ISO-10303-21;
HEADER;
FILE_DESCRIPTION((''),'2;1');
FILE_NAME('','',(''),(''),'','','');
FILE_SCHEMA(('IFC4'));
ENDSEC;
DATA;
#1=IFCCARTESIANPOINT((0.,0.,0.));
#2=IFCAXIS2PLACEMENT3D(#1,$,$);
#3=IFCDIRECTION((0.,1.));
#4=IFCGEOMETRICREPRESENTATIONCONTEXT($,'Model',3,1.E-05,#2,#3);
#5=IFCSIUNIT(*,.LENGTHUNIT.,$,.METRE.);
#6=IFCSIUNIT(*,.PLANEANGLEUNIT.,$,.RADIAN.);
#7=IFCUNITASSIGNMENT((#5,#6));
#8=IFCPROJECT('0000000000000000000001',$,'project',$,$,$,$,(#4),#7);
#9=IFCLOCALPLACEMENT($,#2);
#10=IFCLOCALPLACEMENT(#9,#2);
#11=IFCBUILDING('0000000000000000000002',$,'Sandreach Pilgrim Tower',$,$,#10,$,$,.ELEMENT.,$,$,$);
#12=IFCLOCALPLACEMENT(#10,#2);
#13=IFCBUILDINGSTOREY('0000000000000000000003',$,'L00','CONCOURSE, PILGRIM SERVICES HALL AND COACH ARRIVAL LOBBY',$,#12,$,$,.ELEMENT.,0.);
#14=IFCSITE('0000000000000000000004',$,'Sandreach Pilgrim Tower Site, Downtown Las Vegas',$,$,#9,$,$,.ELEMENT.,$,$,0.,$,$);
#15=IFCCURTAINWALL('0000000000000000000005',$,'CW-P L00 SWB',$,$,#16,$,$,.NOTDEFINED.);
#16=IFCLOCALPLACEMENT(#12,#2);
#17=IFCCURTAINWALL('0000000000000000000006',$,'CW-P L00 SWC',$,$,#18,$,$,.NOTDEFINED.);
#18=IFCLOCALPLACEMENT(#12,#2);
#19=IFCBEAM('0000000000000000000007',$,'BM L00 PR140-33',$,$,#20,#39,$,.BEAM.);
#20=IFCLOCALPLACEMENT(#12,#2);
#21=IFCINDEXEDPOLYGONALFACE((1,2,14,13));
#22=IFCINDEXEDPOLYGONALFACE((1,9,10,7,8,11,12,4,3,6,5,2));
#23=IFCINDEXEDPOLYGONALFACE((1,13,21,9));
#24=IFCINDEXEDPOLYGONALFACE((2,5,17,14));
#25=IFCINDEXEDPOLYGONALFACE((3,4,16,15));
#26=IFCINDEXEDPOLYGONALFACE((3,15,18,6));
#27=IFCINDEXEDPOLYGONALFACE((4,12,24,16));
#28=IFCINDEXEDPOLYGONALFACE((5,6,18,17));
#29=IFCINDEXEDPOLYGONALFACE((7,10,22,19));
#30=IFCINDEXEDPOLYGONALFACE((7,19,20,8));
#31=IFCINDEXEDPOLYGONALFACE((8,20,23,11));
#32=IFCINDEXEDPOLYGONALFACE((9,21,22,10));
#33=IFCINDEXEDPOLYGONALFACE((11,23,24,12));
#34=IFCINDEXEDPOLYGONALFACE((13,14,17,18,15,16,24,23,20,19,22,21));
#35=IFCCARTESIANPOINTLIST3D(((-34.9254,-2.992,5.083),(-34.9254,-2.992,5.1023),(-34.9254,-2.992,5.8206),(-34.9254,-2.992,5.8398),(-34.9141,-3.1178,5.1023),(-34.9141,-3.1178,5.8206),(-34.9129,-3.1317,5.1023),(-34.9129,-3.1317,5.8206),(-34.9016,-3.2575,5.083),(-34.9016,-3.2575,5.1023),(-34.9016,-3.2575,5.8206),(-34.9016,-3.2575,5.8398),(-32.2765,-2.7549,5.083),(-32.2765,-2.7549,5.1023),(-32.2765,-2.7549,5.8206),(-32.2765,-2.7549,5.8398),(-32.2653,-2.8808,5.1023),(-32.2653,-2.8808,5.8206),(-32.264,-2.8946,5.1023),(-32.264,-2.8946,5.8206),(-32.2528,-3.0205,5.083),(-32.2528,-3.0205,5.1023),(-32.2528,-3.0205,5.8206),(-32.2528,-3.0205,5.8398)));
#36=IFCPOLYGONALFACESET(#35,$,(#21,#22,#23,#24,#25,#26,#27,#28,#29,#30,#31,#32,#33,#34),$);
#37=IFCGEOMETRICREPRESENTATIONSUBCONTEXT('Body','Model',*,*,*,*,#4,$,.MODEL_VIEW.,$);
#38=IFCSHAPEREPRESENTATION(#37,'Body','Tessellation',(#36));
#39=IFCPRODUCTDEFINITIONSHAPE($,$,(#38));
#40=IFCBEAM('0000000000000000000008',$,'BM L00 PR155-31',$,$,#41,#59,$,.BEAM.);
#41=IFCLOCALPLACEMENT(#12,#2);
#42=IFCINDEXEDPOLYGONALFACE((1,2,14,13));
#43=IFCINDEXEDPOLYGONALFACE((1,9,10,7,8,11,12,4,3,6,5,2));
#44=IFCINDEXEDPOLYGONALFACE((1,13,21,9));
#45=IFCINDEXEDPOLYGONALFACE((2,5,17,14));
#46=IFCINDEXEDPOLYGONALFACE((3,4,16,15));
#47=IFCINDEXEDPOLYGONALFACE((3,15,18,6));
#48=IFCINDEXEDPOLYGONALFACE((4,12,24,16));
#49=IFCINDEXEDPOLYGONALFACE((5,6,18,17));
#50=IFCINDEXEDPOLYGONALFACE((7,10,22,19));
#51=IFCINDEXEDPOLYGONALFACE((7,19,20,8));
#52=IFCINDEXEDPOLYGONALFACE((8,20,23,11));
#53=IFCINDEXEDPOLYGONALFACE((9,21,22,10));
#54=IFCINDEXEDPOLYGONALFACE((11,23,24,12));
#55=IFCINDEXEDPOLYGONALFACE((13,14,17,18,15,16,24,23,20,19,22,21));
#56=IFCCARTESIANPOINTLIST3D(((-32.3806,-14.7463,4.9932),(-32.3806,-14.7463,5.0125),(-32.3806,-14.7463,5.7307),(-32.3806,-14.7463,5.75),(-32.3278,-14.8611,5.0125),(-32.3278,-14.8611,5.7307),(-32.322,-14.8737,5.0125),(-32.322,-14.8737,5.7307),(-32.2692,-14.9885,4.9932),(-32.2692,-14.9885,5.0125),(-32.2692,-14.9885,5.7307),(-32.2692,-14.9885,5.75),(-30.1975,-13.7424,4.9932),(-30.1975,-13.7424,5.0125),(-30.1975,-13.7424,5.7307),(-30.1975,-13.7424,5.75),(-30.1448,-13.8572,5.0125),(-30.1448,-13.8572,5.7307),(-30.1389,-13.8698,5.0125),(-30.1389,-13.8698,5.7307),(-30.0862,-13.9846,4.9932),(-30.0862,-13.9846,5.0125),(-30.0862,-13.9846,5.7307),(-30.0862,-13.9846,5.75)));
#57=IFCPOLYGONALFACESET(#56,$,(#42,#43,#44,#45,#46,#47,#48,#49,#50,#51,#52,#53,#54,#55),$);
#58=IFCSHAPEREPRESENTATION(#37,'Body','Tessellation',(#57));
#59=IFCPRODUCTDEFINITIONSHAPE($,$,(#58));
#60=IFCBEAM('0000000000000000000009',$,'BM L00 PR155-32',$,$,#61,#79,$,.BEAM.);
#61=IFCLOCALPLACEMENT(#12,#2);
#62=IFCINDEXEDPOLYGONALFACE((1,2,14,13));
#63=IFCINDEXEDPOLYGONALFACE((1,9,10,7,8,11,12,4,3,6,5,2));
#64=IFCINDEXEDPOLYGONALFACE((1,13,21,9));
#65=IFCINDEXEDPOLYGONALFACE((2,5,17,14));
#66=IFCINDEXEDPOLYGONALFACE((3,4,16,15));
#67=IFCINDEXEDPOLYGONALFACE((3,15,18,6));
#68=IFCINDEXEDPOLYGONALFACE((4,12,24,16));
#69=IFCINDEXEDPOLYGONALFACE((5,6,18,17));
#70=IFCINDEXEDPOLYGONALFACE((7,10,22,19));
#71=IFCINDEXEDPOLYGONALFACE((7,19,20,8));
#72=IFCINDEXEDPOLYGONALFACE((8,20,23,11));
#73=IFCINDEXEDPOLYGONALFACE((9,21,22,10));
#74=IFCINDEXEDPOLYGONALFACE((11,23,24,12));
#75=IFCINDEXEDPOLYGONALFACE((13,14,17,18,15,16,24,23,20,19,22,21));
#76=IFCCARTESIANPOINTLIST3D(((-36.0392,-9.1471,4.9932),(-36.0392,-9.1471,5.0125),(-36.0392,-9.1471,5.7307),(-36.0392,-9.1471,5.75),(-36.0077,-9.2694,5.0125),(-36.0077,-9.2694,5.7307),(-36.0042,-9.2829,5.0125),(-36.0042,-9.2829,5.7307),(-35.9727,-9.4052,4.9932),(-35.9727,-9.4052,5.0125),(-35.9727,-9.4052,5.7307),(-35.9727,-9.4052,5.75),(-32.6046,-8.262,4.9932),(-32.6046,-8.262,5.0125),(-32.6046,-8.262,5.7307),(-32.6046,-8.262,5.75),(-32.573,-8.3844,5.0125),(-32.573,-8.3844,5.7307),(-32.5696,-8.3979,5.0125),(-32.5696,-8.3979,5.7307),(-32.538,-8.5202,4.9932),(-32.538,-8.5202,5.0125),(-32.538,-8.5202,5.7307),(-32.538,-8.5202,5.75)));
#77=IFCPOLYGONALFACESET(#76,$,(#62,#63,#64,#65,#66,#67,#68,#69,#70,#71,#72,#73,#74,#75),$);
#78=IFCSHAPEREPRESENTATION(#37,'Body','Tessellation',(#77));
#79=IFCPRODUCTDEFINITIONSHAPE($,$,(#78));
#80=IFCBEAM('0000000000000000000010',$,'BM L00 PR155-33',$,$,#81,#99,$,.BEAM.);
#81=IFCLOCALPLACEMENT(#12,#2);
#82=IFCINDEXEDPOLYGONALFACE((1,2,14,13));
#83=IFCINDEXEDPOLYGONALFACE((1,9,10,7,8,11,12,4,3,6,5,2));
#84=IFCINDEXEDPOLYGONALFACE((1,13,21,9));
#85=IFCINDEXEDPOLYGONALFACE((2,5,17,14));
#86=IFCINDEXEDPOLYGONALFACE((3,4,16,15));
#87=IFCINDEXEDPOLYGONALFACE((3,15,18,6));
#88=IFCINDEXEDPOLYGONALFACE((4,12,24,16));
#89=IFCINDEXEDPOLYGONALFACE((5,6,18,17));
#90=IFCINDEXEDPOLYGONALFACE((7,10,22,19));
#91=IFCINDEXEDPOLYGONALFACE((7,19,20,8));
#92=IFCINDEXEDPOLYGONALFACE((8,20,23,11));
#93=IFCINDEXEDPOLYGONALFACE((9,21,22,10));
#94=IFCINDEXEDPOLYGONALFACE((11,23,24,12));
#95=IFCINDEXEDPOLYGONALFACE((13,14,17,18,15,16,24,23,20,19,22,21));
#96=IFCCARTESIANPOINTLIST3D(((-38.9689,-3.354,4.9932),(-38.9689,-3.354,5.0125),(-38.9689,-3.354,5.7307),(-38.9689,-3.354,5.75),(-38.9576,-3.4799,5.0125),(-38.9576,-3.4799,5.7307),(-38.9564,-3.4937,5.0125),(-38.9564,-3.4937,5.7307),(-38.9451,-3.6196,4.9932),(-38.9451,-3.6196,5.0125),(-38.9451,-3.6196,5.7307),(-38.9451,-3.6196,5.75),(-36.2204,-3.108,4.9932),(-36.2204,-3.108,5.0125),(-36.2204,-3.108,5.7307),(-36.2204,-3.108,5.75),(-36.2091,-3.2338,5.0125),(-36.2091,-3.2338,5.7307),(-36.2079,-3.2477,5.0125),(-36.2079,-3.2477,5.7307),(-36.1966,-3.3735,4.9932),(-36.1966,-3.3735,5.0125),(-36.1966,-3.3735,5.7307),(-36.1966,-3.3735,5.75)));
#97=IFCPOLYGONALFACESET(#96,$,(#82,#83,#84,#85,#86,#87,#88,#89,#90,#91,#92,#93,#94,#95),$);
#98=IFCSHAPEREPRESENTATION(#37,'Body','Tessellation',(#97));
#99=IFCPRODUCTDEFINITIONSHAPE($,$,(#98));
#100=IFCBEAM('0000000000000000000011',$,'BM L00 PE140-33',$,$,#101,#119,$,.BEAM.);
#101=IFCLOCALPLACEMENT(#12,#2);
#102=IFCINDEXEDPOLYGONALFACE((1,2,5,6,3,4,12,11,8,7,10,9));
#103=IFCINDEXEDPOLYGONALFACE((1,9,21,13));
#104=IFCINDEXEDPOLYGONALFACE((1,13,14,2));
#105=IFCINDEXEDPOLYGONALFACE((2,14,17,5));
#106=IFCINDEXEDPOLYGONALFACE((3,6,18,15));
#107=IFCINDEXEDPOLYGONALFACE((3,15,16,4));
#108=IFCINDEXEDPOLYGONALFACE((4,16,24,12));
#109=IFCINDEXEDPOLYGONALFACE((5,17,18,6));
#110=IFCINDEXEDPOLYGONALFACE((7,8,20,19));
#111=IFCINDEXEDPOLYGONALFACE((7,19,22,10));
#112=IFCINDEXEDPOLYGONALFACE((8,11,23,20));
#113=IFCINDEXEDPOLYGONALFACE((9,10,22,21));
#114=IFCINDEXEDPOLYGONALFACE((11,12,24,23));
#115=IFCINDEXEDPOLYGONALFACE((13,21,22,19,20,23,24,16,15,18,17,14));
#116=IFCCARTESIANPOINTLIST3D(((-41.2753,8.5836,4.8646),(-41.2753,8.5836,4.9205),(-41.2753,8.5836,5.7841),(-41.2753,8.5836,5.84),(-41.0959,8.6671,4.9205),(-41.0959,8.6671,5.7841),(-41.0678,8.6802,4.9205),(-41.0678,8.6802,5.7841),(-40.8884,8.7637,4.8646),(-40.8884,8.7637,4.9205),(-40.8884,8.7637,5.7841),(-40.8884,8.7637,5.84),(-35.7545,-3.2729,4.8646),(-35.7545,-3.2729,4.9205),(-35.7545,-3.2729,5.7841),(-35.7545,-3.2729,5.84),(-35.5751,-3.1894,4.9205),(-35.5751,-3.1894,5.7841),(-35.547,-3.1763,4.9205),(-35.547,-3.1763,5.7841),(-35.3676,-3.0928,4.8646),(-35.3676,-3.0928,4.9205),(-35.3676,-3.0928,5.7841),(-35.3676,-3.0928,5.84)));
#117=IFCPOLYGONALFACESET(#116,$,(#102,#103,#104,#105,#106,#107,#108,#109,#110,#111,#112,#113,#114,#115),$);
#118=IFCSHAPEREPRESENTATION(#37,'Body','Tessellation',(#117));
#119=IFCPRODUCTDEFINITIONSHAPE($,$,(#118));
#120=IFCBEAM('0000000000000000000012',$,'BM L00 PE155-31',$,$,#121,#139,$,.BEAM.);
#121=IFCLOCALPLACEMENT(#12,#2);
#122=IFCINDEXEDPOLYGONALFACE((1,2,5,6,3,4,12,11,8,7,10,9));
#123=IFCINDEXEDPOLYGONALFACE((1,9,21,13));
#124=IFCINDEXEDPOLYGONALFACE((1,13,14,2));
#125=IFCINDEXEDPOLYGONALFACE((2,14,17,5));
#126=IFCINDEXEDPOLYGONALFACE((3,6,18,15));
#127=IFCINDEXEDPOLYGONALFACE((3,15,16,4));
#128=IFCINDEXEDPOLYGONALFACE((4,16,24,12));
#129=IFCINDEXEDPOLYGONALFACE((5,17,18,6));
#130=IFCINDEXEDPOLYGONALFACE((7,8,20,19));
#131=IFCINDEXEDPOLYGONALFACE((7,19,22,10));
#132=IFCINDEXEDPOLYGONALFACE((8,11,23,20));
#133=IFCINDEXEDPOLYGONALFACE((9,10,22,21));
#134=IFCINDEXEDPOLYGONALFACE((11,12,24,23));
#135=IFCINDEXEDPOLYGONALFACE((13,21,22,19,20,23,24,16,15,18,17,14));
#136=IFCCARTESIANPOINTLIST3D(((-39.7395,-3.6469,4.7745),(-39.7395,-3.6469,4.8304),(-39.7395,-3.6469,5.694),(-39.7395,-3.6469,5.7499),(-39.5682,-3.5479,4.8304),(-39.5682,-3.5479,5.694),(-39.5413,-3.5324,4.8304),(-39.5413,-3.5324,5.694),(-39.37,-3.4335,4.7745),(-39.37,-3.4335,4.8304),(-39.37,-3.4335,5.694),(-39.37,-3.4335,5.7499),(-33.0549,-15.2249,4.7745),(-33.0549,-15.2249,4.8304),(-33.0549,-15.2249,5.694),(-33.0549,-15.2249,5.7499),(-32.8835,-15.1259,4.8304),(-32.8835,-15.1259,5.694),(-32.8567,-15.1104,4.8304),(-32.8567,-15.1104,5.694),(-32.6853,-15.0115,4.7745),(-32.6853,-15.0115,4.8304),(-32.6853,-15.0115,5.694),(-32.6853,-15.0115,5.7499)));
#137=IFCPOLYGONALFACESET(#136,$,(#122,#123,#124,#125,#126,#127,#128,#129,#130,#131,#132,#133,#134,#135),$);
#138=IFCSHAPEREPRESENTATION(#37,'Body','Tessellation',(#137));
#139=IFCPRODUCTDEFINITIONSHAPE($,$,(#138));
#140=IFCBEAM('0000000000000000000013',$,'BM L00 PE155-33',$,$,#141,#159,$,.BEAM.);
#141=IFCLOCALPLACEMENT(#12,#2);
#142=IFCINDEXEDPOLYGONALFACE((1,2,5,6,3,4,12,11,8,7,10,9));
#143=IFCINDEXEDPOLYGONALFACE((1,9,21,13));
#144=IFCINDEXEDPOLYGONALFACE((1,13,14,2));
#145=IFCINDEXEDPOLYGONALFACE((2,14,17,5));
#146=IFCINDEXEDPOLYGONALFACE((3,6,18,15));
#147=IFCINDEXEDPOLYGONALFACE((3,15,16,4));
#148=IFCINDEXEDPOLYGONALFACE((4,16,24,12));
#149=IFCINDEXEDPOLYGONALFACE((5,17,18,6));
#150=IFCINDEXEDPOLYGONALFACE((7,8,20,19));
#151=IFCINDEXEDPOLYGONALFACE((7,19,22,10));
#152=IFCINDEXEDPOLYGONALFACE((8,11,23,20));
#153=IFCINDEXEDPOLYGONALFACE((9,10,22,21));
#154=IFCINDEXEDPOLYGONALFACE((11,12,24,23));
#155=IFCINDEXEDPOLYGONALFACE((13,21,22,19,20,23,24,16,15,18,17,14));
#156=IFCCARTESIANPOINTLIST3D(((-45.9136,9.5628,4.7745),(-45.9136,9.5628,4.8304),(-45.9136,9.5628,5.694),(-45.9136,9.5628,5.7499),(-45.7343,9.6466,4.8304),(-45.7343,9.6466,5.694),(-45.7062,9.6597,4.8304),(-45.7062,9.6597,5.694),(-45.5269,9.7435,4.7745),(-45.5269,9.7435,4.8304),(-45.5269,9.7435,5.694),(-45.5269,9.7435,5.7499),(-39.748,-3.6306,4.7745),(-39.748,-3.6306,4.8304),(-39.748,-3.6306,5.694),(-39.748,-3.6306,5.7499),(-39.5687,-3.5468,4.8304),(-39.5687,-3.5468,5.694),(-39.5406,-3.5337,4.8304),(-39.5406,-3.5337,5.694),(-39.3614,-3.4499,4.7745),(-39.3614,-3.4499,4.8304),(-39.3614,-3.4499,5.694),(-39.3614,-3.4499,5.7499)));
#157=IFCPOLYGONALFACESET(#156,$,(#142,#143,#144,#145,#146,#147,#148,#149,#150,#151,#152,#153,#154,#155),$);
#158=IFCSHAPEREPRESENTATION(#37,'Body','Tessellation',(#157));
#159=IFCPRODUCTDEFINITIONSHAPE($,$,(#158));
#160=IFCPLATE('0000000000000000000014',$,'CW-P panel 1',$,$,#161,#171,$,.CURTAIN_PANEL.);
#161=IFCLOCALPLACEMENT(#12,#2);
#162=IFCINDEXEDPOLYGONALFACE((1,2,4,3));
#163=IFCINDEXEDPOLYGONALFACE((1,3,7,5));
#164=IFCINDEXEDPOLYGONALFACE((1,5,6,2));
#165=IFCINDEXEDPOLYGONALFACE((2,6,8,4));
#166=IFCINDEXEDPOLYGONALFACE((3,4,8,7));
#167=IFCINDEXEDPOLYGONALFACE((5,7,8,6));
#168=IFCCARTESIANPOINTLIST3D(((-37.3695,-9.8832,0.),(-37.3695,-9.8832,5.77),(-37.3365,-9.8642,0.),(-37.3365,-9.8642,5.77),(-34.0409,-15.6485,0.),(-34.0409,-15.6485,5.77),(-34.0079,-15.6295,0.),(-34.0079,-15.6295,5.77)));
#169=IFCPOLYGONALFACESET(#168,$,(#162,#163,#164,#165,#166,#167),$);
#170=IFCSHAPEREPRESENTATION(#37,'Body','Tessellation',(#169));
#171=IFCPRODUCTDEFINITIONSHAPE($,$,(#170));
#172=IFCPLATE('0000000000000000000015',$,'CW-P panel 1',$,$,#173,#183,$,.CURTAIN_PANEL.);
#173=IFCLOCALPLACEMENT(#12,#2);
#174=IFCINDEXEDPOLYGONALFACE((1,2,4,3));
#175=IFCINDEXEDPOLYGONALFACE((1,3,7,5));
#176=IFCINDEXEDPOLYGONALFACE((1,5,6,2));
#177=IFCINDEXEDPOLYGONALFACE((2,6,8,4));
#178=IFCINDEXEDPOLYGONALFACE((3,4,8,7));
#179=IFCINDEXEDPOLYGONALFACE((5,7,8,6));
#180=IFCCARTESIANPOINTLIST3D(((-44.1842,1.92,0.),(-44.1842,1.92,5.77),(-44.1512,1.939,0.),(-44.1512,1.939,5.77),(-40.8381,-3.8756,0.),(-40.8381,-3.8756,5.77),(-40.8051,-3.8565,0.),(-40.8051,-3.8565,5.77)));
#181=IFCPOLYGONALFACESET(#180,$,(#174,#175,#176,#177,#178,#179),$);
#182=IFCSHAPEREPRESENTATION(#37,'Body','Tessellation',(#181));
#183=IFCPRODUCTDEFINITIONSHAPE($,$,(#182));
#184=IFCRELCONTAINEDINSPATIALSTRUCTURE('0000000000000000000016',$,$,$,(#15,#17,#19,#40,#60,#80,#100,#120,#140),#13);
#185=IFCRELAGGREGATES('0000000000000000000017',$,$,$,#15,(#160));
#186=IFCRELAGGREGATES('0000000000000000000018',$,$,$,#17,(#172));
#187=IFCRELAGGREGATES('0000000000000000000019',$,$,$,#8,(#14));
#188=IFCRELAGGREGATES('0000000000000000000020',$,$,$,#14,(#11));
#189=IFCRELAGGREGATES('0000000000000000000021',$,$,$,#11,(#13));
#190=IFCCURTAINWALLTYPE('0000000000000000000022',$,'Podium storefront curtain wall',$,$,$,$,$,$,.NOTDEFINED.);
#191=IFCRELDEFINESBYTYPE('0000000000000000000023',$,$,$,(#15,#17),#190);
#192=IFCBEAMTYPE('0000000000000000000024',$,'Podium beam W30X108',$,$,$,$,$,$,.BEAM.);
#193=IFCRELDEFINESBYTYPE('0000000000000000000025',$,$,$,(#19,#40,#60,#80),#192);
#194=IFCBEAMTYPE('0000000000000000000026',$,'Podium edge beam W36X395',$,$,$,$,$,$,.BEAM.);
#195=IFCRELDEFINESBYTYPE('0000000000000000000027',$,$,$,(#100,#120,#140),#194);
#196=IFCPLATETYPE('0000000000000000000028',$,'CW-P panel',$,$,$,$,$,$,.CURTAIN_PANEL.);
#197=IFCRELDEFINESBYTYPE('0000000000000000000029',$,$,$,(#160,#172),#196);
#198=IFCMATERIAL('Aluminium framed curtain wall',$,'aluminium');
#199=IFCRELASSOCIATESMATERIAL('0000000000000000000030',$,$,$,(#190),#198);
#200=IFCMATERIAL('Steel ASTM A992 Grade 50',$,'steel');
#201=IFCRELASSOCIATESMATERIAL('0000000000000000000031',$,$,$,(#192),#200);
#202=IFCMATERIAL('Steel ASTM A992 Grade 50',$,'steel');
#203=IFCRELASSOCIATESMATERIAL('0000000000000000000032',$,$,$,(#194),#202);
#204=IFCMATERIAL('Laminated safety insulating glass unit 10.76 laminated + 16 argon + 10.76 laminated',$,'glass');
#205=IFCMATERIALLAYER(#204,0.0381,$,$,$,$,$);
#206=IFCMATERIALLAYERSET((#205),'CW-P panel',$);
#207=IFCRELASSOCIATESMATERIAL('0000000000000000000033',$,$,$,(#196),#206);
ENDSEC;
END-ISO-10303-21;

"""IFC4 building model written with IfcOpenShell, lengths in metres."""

from ifc_helpers import new_model, si_unit, direction, frame, origin, origin_2d, place, context, subcontext, project, spatial, rectangle, i_section, extrude, material, layer, layer_set, material_profile, profile_set, type_object, element, aggregate, save


model = new_model("IFC4")

# Units and contexts
model_context = context("Model", 3, precision=1e-05, world=origin(), true_north=direction((0.0, 1.0)))
body_context = subcontext(model_context, "Body", "Model", "MODEL_VIEW")
ifc_project = project(units=[si_unit("LENGTHUNIT", "METRE"), si_unit("PLANEANGLEUNIT", "RADIAN")], contexts=[model_context])

# Site, building, storey
site_placement = place(None, origin())
site = spatial("IfcSite", under=ifc_project, at=site_placement, Name="Sandreach Pilgrim Tower Site, Downtown Las Vegas", CompositionType="ELEMENT", RefElevation=0.0)
building_placement = place(site_placement, origin())
building = spatial("IfcBuilding", under=site, at=building_placement, Name="Sandreach Pilgrim Tower", CompositionType="ELEMENT")
storey_placement = place(building_placement, origin())
storey = spatial("IfcBuildingStorey", under=building, at=storey_placement, Name="L00", Description="CONCOURSE, PILGRIM SERVICES HALL AND COACH ARRIVAL LOBBY", CompositionType="ELEMENT", Elevation=0.0)

# Curtain wall
ifc_material_1 = material(Name="Aluminium framed curtain wall", Category="aluminium")
curtain_wall_type = type_object("IfcCurtainWallType", Name="Podium storefront curtain wall", PredefinedType="NOTDEFINED", material=ifc_material_1)
curtain_wall_1_placement = place(storey_placement, origin())
curtain_wall_1 = element("IfcCurtainWall", 1, at=curtain_wall_1_placement, inside=storey, type_object=curtain_wall_type, Name="CW-P L00 SWB", PredefinedType="NOTDEFINED")

# Curtain wall
curtain_wall_2_placement = place(storey_placement, origin())
curtain_wall_2 = element("IfcCurtainWall", 2, at=curtain_wall_2_placement, inside=storey, type_object=curtain_wall_type, Name="CW-P L00 SWC", PredefinedType="NOTDEFINED")

# Beams
ifc_material_2 = material(Name="Steel ASTM A992 Grade 50", Category="steel")
ifc_material_profile_1 = material_profile(ifc_material_2, i_section(OverallWidth=0.2666, OverallDepth=0.7568, WebThickness=0.0139, FlangeThickness=0.0193, at=origin_2d()), Name="W30X108")
ifc_profile_set_1 = profile_set([ifc_material_profile_1], Name="Steel ASTM A992 Grade 50")
beam_type_1 = type_object("IfcBeamType", Name="Podium beam W30X108", PredefinedType="BEAM", material=ifc_profile_set_1)
beam_1_placement = place(storey_placement, frame((-32.2646, -2.8877, 5.4614), z_axis=(-0.996019, -0.089137, 0.0), x_axis=(0.089137, -0.996019, 0.0)))
element("IfcBeam", 3, at=beam_1_placement, inside=storey, type_object=beam_type_1, Name="BM L00 PR140-33", PredefinedType="BEAM", context=body_context, shape_type="SweptSolid", body=[
    extrude(i_section(OverallWidth=0.2666, OverallDepth=0.7568, WebThickness=0.0139, FlangeThickness=0.0193, at=origin_2d()), origin(), (0.0, 0.0, 1.0), 2.6594),
])
beam_2_placement = place(storey_placement, frame((-30.1418, -13.8635, 5.3716), z_axis=(-0.908541, -0.417795, 0.0), x_axis=(0.417795, -0.908541, 0.0)))
element("IfcBeam", 4, at=beam_2_placement, inside=storey, type_object=beam_type_1, Name="BM L00 PR155-31", PredefinedType="BEAM", context=body_context, shape_type="SweptSolid", body=[
    extrude(i_section(OverallWidth=0.2666, OverallDepth=0.7568, WebThickness=0.0139, FlangeThickness=0.0193, at=origin_2d()), origin(), (0.0, 0.0, 1.0), 2.4028),
])
beam_3_placement = place(storey_placement, frame((-32.5713, -8.3911, 5.3716), z_axis=(-0.968368, -0.249526, 0.0), x_axis=(0.249526, -0.968368, 0.0)))
element("IfcBeam", 5, at=beam_3_placement, inside=storey, type_object=beam_type_1, Name="BM L00 PR155-32", PredefinedType="BEAM", context=body_context, shape_type="SweptSolid", body=[
    extrude(i_section(OverallWidth=0.2666, OverallDepth=0.7568, WebThickness=0.0139, FlangeThickness=0.0193, at=origin_2d()), origin(), (0.0, 0.0, 1.0), 3.5469),
])
beam_4_placement = place(storey_placement, frame((-36.2085, -3.2407, 5.3716), z_axis=(-0.996016, -0.08918, 0.0), x_axis=(0.08918, -0.996016, 0.0)))
element("IfcBeam", 6, at=beam_4_placement, inside=storey, type_object=beam_type_1, Name="BM L00 PR155-33", PredefinedType="BEAM", context=body_context, shape_type="SweptSolid", body=[
    extrude(i_section(OverallWidth=0.2666, OverallDepth=0.7568, WebThickness=0.0139, FlangeThickness=0.0193, at=origin_2d()), origin(), (0.0, 0.0, 1.0), 2.7595),
])
ifc_material_3 = material(Name="Steel ASTM A992 Grade 50", Category="steel")
ifc_material_profile_2 = material_profile(ifc_material_3, i_section(OverallWidth=0.4268, OverallDepth=0.9753, WebThickness=0.031, FlangeThickness=0.0559, at=origin_2d()), Name="W36X395")
ifc_profile_set_2 = profile_set([ifc_material_profile_2], Name="Steel ASTM A992 Grade 50")
beam_type_2 = type_object("IfcBeamType", Name="Podium edge beam W36X395", PredefinedType="BEAM", material=ifc_profile_set_2)
beam_5_placement = place(storey_placement, frame((-35.561, -3.1829, 5.3523), z_axis=(-0.422116, 0.906542, 0.0), x_axis=(-0.906542, -0.422116, 0.0)))
element("IfcBeam", 7, at=beam_5_placement, inside=storey, type_object=beam_type_2, Name="BM L00 PE140-33", PredefinedType="BEAM", context=body_context, shape_type="SweptSolid", body=[
    extrude(i_section(OverallWidth=0.4268, OverallDepth=0.9753, WebThickness=0.031, FlangeThickness=0.0559, at=origin_2d()), origin(), (0.0, 0.0, 1.0), 13.0789),
])
beam_6_placement = place(storey_placement, frame((-32.8701, -15.1182, 5.2622), z_axis=(-0.500004, 0.866023, 0.0), x_axis=(-0.866023, -0.500004, 0.0)))
element("IfcBeam", 8, at=beam_6_placement, inside=storey, type_object=beam_type_2, Name="BM L00 PE155-31", PredefinedType="BEAM", context=body_context, shape_type="SweptSolid", body=[
    extrude(i_section(OverallWidth=0.4268, OverallDepth=0.9753, WebThickness=0.031, FlangeThickness=0.0559, at=origin_2d()), origin(), (0.0, 0.0, 1.0), 13.3691),
])
beam_7_placement = place(storey_placement, frame((-39.5547, -3.5403, 5.2622), z_axis=(-0.423372, 0.905956, 0.0), x_axis=(-0.905956, -0.423372, 0.0)))
element("IfcBeam", 9, at=beam_7_placement, inside=storey, type_object=beam_type_2, Name="BM L00 PE155-33", PredefinedType="BEAM", context=body_context, shape_type="SweptSolid", body=[
    extrude(i_section(OverallWidth=0.4268, OverallDepth=0.9753, WebThickness=0.031, FlangeThickness=0.0559, at=origin_2d()), origin(), (0.0, 0.0, 1.0), 14.563),
])

# Plates
ifc_material_4 = material(Name="Laminated safety insulating glass unit 10.76 laminated + 16 argon + 10.76 laminated", Category="glass")
ifc_layer_1 = layer(ifc_material_4, 0.0381)
ifc_layer_set_1 = layer_set([ifc_layer_1], Name="CW-P panel")
plate_type = type_object("IfcPlateType", Name="CW-P panel", PredefinedType="CURTAIN_PANEL", material=ifc_layer_set_1)
plate_1_placement = place(storey_placement, frame((-35.6887, -12.7563, 0.0), z_axis=(0.0, 0.0, 1.0), x_axis=(-0.5, 0.866025, 0.0)))
plate_1 = element("IfcPlate", 10, at=plate_1_placement, type_object=plate_type, Name="CW-P panel 1", PredefinedType="CURTAIN_PANEL", context=body_context, shape_type="SweptSolid", body=[
    extrude(rectangle(XDim=6.6572, YDim=0.0381, at=origin_2d()), origin(), (0.0, 0.0, 1.0), 5.77),
])
aggregate(curtain_wall_1, [plate_1])
plate_2_placement = place(storey_placement, frame((-42.4946, -0.9683, 0.0), z_axis=(0.0, 0.0, 1.0), x_axis=(-0.5, 0.866025, 0.0)))
plate_2 = element("IfcPlate", 11, at=plate_2_placement, type_object=plate_type, Name="CW-P panel 1", PredefinedType="CURTAIN_PANEL", context=body_context, shape_type="SweptSolid", body=[
    extrude(rectangle(XDim=6.6921, YDim=0.0381, at=origin_2d()), origin(), (0.0, 0.0, 1.0), 5.77),
])
aggregate(curtain_wall_2, [plate_2])

save(model, "model.ifc")
